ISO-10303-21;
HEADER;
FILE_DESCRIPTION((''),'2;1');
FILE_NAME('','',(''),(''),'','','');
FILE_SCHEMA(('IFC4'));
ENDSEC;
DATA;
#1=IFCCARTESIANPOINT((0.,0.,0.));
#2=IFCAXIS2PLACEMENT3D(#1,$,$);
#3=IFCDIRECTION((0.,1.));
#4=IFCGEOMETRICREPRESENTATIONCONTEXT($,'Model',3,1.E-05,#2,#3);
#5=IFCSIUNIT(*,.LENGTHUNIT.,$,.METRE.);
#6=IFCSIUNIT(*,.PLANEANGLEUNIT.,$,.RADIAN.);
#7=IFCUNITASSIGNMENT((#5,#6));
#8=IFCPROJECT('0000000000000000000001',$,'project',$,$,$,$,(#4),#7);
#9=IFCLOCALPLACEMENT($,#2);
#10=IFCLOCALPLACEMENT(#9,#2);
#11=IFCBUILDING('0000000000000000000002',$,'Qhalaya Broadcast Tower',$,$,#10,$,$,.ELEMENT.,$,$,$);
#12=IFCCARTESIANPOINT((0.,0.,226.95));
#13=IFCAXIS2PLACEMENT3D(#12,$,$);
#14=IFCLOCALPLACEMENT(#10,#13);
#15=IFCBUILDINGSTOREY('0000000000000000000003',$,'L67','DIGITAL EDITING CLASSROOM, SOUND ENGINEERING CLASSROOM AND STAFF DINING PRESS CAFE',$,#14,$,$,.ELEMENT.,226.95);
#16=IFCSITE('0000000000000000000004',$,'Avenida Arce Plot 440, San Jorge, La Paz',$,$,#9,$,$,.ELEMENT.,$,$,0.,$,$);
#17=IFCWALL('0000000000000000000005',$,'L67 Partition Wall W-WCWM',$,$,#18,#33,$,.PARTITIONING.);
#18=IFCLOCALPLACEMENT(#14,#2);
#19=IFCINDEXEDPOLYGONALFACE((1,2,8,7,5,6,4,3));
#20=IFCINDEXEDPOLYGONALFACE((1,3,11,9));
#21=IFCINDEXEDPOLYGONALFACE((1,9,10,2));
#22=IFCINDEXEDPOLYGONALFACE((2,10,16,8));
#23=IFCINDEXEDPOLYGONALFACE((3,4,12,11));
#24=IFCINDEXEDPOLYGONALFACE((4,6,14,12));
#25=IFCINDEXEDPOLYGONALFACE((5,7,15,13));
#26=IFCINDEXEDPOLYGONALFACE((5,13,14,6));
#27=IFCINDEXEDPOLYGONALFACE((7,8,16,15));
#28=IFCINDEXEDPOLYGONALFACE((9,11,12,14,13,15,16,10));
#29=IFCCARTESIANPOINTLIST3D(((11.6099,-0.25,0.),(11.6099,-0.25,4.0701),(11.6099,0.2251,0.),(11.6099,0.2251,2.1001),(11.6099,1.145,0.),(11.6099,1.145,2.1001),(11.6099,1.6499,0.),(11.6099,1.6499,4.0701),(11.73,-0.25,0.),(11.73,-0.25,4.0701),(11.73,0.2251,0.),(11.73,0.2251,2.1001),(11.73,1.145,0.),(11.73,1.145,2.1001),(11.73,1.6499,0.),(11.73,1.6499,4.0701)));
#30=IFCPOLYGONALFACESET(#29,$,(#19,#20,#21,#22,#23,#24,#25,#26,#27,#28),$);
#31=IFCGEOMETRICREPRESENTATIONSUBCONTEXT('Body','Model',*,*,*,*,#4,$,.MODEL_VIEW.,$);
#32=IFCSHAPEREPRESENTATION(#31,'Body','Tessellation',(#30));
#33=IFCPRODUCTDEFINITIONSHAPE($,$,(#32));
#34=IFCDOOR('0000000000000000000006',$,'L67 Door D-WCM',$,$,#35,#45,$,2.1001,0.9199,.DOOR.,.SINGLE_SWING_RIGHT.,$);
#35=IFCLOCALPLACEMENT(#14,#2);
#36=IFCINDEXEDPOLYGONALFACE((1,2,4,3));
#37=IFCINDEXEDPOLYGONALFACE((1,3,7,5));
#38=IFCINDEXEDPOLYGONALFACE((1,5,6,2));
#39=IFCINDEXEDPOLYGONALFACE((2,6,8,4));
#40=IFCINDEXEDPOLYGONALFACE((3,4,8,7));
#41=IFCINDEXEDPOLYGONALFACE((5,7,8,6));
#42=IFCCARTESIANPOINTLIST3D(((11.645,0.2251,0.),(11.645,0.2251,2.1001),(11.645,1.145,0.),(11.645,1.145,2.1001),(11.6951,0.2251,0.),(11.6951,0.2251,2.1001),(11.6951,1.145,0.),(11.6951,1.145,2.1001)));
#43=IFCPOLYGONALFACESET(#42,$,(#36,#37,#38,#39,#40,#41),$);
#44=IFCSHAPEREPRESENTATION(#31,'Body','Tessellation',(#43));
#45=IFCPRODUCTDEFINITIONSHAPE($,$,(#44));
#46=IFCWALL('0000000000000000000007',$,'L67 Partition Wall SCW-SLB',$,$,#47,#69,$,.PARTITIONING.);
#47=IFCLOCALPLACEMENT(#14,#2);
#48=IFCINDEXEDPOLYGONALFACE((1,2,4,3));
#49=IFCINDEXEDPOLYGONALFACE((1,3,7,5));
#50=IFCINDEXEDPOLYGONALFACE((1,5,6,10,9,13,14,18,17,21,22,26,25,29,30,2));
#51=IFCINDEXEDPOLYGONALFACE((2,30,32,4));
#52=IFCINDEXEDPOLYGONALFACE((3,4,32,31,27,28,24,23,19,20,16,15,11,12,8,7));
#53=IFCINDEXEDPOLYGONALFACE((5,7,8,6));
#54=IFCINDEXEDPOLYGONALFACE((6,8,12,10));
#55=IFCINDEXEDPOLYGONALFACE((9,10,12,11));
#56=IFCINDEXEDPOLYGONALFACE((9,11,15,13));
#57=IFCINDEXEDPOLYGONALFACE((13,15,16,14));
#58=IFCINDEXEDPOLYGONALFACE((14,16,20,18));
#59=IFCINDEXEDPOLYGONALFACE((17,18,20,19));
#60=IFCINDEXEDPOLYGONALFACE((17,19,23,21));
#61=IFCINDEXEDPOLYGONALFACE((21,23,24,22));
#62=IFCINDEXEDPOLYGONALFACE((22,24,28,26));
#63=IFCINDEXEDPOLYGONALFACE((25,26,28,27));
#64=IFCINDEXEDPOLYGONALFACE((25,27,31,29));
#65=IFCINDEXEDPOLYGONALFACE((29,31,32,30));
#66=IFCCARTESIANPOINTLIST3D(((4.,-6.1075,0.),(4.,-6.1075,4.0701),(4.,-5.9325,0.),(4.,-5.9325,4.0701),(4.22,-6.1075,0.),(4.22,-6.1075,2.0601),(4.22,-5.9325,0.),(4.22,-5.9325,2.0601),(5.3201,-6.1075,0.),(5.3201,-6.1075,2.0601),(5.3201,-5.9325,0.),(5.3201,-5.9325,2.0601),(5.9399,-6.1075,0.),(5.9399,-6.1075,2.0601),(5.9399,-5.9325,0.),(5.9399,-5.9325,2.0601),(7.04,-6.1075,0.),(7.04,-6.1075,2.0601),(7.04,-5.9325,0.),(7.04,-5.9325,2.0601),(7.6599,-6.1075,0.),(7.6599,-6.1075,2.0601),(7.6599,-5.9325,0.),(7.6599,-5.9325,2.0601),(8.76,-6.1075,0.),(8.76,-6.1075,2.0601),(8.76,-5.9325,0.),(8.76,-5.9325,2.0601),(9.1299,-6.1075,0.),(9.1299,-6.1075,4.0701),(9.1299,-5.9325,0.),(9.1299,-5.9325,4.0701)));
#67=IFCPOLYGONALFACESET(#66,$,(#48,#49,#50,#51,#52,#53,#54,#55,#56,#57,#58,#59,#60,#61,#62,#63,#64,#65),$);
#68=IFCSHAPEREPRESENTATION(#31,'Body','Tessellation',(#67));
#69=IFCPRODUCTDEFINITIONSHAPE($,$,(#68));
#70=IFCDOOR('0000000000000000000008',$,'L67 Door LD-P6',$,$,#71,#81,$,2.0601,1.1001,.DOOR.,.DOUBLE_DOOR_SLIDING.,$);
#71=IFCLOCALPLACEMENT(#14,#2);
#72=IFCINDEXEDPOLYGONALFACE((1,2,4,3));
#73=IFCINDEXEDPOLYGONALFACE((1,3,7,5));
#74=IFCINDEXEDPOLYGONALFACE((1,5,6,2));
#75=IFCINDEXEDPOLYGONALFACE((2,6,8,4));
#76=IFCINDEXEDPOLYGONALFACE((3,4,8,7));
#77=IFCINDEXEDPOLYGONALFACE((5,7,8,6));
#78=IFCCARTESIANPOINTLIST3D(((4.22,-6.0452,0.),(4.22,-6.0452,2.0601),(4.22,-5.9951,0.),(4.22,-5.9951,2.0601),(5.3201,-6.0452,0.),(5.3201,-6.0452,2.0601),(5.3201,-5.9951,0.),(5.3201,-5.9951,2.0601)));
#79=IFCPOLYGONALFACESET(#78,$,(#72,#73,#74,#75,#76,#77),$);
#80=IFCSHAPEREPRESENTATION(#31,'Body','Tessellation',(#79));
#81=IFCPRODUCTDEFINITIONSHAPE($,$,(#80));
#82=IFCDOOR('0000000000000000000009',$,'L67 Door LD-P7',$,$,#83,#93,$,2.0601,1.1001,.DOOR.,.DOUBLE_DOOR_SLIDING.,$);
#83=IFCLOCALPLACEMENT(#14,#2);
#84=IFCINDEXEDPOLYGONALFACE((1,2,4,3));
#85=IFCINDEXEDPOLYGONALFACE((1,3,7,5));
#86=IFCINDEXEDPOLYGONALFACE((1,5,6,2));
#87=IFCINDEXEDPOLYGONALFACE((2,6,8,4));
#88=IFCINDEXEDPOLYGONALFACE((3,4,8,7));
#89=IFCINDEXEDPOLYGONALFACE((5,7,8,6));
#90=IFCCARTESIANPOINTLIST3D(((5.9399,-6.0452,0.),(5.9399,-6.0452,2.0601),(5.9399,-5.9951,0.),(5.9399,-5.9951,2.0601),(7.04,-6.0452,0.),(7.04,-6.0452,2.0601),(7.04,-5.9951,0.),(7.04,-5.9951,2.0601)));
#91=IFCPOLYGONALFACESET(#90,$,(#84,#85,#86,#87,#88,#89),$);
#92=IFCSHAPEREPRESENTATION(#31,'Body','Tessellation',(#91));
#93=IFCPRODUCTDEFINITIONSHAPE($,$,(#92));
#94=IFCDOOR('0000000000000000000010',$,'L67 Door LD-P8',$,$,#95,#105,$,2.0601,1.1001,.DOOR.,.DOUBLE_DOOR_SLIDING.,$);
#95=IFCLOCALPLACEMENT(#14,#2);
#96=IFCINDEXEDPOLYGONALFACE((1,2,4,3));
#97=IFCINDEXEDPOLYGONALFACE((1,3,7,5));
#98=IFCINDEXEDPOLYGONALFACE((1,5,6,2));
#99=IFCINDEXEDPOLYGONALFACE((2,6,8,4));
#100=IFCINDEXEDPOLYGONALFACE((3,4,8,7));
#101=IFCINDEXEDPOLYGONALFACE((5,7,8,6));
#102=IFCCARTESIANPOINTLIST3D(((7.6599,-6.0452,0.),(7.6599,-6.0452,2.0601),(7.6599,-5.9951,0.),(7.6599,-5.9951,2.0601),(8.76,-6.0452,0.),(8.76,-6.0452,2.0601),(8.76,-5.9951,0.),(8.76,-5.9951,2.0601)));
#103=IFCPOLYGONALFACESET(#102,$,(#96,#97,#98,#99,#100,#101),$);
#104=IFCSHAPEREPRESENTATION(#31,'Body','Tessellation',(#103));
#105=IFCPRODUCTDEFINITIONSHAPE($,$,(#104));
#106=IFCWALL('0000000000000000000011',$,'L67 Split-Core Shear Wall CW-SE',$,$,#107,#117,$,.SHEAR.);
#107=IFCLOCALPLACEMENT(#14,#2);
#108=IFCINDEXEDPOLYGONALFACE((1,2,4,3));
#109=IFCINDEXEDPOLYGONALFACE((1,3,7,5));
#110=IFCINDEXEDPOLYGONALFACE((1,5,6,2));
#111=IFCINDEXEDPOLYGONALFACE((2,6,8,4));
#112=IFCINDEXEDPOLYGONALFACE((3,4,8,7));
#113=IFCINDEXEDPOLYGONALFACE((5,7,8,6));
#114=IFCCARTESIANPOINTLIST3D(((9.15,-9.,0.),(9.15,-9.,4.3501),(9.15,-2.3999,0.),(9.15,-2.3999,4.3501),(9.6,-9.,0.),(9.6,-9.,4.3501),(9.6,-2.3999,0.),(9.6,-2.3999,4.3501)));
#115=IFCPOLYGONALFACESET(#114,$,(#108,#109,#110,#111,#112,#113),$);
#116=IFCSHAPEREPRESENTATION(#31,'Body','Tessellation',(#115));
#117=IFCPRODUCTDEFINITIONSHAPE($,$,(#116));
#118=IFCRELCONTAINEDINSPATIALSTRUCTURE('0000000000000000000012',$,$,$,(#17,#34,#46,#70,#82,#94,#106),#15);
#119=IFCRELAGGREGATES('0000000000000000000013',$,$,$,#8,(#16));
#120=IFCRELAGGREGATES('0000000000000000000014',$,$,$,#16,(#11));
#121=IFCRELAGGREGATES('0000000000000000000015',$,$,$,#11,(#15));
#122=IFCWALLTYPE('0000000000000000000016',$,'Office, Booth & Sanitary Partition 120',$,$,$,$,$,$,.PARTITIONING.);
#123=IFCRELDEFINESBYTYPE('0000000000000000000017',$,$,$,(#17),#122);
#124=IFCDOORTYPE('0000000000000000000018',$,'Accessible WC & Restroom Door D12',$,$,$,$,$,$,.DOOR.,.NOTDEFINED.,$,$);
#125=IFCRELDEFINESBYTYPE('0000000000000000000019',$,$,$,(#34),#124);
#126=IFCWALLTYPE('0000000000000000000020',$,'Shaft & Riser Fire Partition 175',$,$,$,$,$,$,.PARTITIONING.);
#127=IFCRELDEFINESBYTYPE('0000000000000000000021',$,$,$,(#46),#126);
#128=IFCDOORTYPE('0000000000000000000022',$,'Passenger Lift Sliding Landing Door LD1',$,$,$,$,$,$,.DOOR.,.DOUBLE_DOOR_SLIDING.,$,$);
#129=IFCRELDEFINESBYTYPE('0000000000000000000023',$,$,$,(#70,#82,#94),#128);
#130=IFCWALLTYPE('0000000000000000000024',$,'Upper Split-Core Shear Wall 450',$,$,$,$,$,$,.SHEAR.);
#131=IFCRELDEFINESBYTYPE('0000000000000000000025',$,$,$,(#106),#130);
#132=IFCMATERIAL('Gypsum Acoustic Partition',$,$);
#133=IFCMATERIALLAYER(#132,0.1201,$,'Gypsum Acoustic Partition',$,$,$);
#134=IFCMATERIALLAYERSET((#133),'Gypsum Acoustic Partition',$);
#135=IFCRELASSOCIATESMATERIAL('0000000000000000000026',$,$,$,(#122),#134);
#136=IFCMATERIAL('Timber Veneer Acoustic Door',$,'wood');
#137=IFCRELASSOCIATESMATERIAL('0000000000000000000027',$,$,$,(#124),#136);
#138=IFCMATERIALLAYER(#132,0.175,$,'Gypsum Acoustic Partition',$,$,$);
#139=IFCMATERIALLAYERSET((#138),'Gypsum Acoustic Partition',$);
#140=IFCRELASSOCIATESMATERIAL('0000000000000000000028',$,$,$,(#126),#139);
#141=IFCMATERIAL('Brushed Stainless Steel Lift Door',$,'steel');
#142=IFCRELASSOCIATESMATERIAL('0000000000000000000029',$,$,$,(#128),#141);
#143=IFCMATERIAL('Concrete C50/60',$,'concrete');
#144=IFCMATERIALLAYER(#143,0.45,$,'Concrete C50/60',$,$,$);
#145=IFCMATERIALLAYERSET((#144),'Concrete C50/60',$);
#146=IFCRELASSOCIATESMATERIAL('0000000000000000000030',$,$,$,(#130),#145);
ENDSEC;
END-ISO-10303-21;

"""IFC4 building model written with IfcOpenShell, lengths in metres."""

from ifc_helpers import new_model, si_unit, direction, frame, frame_2d, origin, place, context, subcontext, project, spatial, rectangle, extrude, material, layer, layer_set, type_object, element, fill, save


model = new_model("IFC4")

# Units and contexts
model_context = context("Model", 3, precision=1e-05, world=origin(), true_north=direction((0.0, 1.0)))
body_context = subcontext(model_context, "Body", "Model", "MODEL_VIEW")
ifc_project = project(units=[si_unit("LENGTHUNIT", "METRE"), si_unit("PLANEANGLEUNIT", "RADIAN")], contexts=[model_context])

# Site, building, storey
site_placement = place(None, origin())
site = spatial("IfcSite", under=ifc_project, at=site_placement, Name="Avenida Arce Plot 440, San Jorge, La Paz", CompositionType="ELEMENT", RefElevation=0.0)
building_placement = place(site_placement, origin())
building = spatial("IfcBuilding", under=site, at=building_placement, Name="Qhalaya Broadcast Tower", CompositionType="ELEMENT")
storey_placement = place(building_placement, frame((0.0, 0.0, 226.95)))
storey = spatial("IfcBuildingStorey", under=building, at=storey_placement, Name="L67", Description="DIGITAL EDITING CLASSROOM, SOUND ENGINEERING CLASSROOM AND STAFF DINING PRESS CAFE", CompositionType="ELEMENT", Elevation=226.95)

# Shared definitions
ifc_material_1 = material(Name="Concrete C50/60", Category="concrete")

# Shared definitions
ifc_material_2 = material(Name="Gypsum Acoustic Partition")

# Shared definitions
ifc_material_3 = material(Name="Timber Veneer Acoustic Door", Category="wood")

# Shared definitions
ifc_layer_1 = layer(ifc_material_2, 0.1201, Name="Gypsum Acoustic Partition")
ifc_layer_set_1 = layer_set([ifc_layer_1], Name="Gypsum Acoustic Partition")
wall_type_1 = type_object("IfcWallType", Name="Office, Booth & Sanitary Partition 120", PredefinedType="PARTITIONING", material=ifc_layer_set_1)

# Wall, opening, door
door_type_1 = type_object("IfcDoorType", Name="Accessible WC & Restroom Door D12", OperationType="NOTDEFINED", PredefinedType="DOOR", material=ifc_material_3)
wall_1_placement = place(storey_placement, frame((11.6699, -0.25, 0.0), z_axis=(0.0, 0.0, 1.0), x_axis=(0.0, 1.0, 0.0)))
wall_1 = element("IfcWall", 1, at=wall_1_placement, inside=storey, type_object=wall_type_1, Name="L67 Partition Wall W-WCWM", PredefinedType="PARTITIONING", context=body_context, shape_type="SweptSolid", body=[
    extrude(rectangle(XDim=1.8999, YDim=0.1201, at=frame_2d((0.95, 0.0))), origin(), (0.0, 0.0, 1.0), 4.0701),
])
opening_1_placement = place(wall_1_placement, frame((0.4751, 0.0, 0.0)))
opening_1 = element("IfcOpeningElement", 2, at=opening_1_placement, cuts=wall_1, PredefinedType="OPENING", context=body_context, shape_type="SweptSolid", body=[
    extrude(rectangle(XDim=0.9199, YDim=2.1001, at=frame_2d((0.46, 1.05))), frame((0.0, 0.072, 0.0), z_axis=(0.0, -1.0, 0.0), x_axis=(1.0, 0.0, 0.0)), (0.0, 0.0, 1.0), 0.144),
])
door_1_placement = place(opening_1_placement, origin())
door_1 = element("IfcDoor", 3, at=door_1_placement, inside=storey, type_object=door_type_1, Name="L67 Door D-WCM", OperationType="SINGLE_SWING_RIGHT", OverallHeight=2.1001, OverallWidth=0.9199, PredefinedType="DOOR", context=body_context, shape_type="SweptSolid", body=[
    extrude(rectangle(XDim=0.9199, YDim=2.1001, at=frame_2d((0.46, 1.05))), frame((0.0, 0.0249, 0.0), z_axis=(0.0, -1.0, 0.0), x_axis=(1.0, 0.0, 0.0)), (0.0, 0.0, 1.0), 0.05),
])
fill(opening_1, door_1)

# Wall, openings, doors
ifc_layer_2 = layer(ifc_material_2, 0.175, Name="Gypsum Acoustic Partition")
ifc_layer_set_2 = layer_set([ifc_layer_2], Name="Gypsum Acoustic Partition")
wall_type_2 = type_object("IfcWallType", Name="Shaft & Riser Fire Partition 175", PredefinedType="PARTITIONING", material=ifc_layer_set_2)
wall_2_placement = place(storey_placement, frame((4.0, -6.02, 0.0), z_axis=(0.0, 0.0, 1.0), x_axis=(1.0, 0.0, 0.0)))
wall_2 = element("IfcWall", 4, at=wall_2_placement, inside=storey, type_object=wall_type_2, Name="L67 Partition Wall SCW-SLB", PredefinedType="PARTITIONING", context=body_context, shape_type="SweptSolid", body=[
    extrude(rectangle(XDim=5.1299, YDim=0.175, at=frame_2d((2.5649, 0.0))), origin(), (0.0, 0.0, 1.0), 4.0701),
])
opening_2_placement = place(wall_2_placement, frame((0.22, 0.0, 0.0)))
opening_2 = element("IfcOpeningElement", 5, at=opening_2_placement, cuts=wall_2, PredefinedType="OPENING", context=body_context, shape_type="SweptSolid", body=[
    extrude(rectangle(XDim=1.1001, YDim=2.0601, at=frame_2d((0.55, 1.03))), frame((0.0, 0.0996, 0.0), z_axis=(0.0, -1.0, 0.0), x_axis=(1.0, 0.0, 0.0)), (0.0, 0.0, 1.0), 0.199),
])
opening_3_placement = place(wall_2_placement, frame((1.9399, 0.0, 0.0)))
opening_3 = element("IfcOpeningElement", 6, at=opening_3_placement, cuts=wall_2, PredefinedType="OPENING", context=body_context, shape_type="SweptSolid", body=[
    extrude(rectangle(XDim=1.1001, YDim=2.0601, at=frame_2d((0.55, 1.03))), frame((0.0, 0.0996, 0.0), z_axis=(0.0, -1.0, 0.0), x_axis=(1.0, 0.0, 0.0)), (0.0, 0.0, 1.0), 0.199),
])
opening_4_placement = place(wall_2_placement, frame((3.6599, 0.0, 0.0)))
opening_4 = element("IfcOpeningElement", 7, at=opening_4_placement, cuts=wall_2, PredefinedType="OPENING", context=body_context, shape_type="SweptSolid", body=[
    extrude(rectangle(XDim=1.1001, YDim=2.0601, at=frame_2d((0.55, 1.03))), frame((0.0, 0.0996, 0.0), z_axis=(0.0, -1.0, 0.0), x_axis=(1.0, 0.0, 0.0)), (0.0, 0.0, 1.0), 0.199),
])
ifc_material_4 = material(Name="Brushed Stainless Steel Lift Door", Category="steel")
door_type_2 = type_object("IfcDoorType", Name="Passenger Lift Sliding Landing Door LD1", OperationType="DOUBLE_DOOR_SLIDING", PredefinedType="DOOR", material=ifc_material_4)
door_2_placement = place(opening_2_placement, origin())
door_2 = element("IfcDoor", 8, at=door_2_placement, inside=storey, type_object=door_type_2, Name="L67 Door LD-P6", OperationType="DOUBLE_DOOR_SLIDING", OverallHeight=2.0601, OverallWidth=1.1001, PredefinedType="DOOR", context=body_context, shape_type="SweptSolid", body=[
    extrude(rectangle(XDim=1.1001, YDim=2.0601, at=frame_2d((0.55, 1.03))), frame((0.0, 0.0249, 0.0), z_axis=(0.0, -1.0, 0.0), x_axis=(1.0, 0.0, 0.0)), (0.0, 0.0, 1.0), 0.05),
])
fill(opening_2, door_2)
door_3_placement = place(opening_3_placement, origin())
door_3 = element("IfcDoor", 9, at=door_3_placement, inside=storey, type_object=door_type_2, Name="L67 Door LD-P7", OperationType="DOUBLE_DOOR_SLIDING", OverallHeight=2.0601, OverallWidth=1.1001, PredefinedType="DOOR", context=body_context, shape_type="SweptSolid", body=[
    extrude(rectangle(XDim=1.1001, YDim=2.0601, at=frame_2d((0.55, 1.03))), frame((0.0, 0.0249, 0.0), z_axis=(0.0, -1.0, 0.0), x_axis=(1.0, 0.0, 0.0)), (0.0, 0.0, 1.0), 0.05),
])
fill(opening_3, door_3)
door_4_placement = place(opening_4_placement, origin())
door_4 = element("IfcDoor", 10, at=door_4_placement, inside=storey, type_object=door_type_2, Name="L67 Door LD-P8", OperationType="DOUBLE_DOOR_SLIDING", OverallHeight=2.0601, OverallWidth=1.1001, PredefinedType="DOOR", context=body_context, shape_type="SweptSolid", body=[
    extrude(rectangle(XDim=1.1001, YDim=2.0601, at=frame_2d((0.55, 1.03))), frame((0.0, 0.0249, 0.0), z_axis=(0.0, -1.0, 0.0), x_axis=(1.0, 0.0, 0.0)), (0.0, 0.0, 1.0), 0.05),
])
fill(opening_4, door_4)

# Wall
ifc_layer_3 = layer(ifc_material_1, 0.45, Name="Concrete C50/60")
ifc_layer_set_3 = layer_set([ifc_layer_3], Name="Concrete C50/60")
wall_type_3 = type_object("IfcWallType", Name="Upper Split-Core Shear Wall 450", PredefinedType="SHEAR", material=ifc_layer_set_3)
wall_3_placement = place(storey_placement, frame((9.375, -9.0, 0.0), z_axis=(0.0, 0.0, 1.0), x_axis=(0.0, 1.0, 0.0)))
element("IfcWall", 11, at=wall_3_placement, inside=storey, type_object=wall_type_3, Name="L67 Split-Core Shear Wall CW-SE", PredefinedType="SHEAR", context=body_context, shape_type="SweptSolid", body=[
    extrude(rectangle(XDim=6.6001, YDim=0.45, at=frame_2d((3.3, 0.0))), origin(), (0.0, 0.0, 1.0), 4.3501),
])

save(model, "model.ifc")
